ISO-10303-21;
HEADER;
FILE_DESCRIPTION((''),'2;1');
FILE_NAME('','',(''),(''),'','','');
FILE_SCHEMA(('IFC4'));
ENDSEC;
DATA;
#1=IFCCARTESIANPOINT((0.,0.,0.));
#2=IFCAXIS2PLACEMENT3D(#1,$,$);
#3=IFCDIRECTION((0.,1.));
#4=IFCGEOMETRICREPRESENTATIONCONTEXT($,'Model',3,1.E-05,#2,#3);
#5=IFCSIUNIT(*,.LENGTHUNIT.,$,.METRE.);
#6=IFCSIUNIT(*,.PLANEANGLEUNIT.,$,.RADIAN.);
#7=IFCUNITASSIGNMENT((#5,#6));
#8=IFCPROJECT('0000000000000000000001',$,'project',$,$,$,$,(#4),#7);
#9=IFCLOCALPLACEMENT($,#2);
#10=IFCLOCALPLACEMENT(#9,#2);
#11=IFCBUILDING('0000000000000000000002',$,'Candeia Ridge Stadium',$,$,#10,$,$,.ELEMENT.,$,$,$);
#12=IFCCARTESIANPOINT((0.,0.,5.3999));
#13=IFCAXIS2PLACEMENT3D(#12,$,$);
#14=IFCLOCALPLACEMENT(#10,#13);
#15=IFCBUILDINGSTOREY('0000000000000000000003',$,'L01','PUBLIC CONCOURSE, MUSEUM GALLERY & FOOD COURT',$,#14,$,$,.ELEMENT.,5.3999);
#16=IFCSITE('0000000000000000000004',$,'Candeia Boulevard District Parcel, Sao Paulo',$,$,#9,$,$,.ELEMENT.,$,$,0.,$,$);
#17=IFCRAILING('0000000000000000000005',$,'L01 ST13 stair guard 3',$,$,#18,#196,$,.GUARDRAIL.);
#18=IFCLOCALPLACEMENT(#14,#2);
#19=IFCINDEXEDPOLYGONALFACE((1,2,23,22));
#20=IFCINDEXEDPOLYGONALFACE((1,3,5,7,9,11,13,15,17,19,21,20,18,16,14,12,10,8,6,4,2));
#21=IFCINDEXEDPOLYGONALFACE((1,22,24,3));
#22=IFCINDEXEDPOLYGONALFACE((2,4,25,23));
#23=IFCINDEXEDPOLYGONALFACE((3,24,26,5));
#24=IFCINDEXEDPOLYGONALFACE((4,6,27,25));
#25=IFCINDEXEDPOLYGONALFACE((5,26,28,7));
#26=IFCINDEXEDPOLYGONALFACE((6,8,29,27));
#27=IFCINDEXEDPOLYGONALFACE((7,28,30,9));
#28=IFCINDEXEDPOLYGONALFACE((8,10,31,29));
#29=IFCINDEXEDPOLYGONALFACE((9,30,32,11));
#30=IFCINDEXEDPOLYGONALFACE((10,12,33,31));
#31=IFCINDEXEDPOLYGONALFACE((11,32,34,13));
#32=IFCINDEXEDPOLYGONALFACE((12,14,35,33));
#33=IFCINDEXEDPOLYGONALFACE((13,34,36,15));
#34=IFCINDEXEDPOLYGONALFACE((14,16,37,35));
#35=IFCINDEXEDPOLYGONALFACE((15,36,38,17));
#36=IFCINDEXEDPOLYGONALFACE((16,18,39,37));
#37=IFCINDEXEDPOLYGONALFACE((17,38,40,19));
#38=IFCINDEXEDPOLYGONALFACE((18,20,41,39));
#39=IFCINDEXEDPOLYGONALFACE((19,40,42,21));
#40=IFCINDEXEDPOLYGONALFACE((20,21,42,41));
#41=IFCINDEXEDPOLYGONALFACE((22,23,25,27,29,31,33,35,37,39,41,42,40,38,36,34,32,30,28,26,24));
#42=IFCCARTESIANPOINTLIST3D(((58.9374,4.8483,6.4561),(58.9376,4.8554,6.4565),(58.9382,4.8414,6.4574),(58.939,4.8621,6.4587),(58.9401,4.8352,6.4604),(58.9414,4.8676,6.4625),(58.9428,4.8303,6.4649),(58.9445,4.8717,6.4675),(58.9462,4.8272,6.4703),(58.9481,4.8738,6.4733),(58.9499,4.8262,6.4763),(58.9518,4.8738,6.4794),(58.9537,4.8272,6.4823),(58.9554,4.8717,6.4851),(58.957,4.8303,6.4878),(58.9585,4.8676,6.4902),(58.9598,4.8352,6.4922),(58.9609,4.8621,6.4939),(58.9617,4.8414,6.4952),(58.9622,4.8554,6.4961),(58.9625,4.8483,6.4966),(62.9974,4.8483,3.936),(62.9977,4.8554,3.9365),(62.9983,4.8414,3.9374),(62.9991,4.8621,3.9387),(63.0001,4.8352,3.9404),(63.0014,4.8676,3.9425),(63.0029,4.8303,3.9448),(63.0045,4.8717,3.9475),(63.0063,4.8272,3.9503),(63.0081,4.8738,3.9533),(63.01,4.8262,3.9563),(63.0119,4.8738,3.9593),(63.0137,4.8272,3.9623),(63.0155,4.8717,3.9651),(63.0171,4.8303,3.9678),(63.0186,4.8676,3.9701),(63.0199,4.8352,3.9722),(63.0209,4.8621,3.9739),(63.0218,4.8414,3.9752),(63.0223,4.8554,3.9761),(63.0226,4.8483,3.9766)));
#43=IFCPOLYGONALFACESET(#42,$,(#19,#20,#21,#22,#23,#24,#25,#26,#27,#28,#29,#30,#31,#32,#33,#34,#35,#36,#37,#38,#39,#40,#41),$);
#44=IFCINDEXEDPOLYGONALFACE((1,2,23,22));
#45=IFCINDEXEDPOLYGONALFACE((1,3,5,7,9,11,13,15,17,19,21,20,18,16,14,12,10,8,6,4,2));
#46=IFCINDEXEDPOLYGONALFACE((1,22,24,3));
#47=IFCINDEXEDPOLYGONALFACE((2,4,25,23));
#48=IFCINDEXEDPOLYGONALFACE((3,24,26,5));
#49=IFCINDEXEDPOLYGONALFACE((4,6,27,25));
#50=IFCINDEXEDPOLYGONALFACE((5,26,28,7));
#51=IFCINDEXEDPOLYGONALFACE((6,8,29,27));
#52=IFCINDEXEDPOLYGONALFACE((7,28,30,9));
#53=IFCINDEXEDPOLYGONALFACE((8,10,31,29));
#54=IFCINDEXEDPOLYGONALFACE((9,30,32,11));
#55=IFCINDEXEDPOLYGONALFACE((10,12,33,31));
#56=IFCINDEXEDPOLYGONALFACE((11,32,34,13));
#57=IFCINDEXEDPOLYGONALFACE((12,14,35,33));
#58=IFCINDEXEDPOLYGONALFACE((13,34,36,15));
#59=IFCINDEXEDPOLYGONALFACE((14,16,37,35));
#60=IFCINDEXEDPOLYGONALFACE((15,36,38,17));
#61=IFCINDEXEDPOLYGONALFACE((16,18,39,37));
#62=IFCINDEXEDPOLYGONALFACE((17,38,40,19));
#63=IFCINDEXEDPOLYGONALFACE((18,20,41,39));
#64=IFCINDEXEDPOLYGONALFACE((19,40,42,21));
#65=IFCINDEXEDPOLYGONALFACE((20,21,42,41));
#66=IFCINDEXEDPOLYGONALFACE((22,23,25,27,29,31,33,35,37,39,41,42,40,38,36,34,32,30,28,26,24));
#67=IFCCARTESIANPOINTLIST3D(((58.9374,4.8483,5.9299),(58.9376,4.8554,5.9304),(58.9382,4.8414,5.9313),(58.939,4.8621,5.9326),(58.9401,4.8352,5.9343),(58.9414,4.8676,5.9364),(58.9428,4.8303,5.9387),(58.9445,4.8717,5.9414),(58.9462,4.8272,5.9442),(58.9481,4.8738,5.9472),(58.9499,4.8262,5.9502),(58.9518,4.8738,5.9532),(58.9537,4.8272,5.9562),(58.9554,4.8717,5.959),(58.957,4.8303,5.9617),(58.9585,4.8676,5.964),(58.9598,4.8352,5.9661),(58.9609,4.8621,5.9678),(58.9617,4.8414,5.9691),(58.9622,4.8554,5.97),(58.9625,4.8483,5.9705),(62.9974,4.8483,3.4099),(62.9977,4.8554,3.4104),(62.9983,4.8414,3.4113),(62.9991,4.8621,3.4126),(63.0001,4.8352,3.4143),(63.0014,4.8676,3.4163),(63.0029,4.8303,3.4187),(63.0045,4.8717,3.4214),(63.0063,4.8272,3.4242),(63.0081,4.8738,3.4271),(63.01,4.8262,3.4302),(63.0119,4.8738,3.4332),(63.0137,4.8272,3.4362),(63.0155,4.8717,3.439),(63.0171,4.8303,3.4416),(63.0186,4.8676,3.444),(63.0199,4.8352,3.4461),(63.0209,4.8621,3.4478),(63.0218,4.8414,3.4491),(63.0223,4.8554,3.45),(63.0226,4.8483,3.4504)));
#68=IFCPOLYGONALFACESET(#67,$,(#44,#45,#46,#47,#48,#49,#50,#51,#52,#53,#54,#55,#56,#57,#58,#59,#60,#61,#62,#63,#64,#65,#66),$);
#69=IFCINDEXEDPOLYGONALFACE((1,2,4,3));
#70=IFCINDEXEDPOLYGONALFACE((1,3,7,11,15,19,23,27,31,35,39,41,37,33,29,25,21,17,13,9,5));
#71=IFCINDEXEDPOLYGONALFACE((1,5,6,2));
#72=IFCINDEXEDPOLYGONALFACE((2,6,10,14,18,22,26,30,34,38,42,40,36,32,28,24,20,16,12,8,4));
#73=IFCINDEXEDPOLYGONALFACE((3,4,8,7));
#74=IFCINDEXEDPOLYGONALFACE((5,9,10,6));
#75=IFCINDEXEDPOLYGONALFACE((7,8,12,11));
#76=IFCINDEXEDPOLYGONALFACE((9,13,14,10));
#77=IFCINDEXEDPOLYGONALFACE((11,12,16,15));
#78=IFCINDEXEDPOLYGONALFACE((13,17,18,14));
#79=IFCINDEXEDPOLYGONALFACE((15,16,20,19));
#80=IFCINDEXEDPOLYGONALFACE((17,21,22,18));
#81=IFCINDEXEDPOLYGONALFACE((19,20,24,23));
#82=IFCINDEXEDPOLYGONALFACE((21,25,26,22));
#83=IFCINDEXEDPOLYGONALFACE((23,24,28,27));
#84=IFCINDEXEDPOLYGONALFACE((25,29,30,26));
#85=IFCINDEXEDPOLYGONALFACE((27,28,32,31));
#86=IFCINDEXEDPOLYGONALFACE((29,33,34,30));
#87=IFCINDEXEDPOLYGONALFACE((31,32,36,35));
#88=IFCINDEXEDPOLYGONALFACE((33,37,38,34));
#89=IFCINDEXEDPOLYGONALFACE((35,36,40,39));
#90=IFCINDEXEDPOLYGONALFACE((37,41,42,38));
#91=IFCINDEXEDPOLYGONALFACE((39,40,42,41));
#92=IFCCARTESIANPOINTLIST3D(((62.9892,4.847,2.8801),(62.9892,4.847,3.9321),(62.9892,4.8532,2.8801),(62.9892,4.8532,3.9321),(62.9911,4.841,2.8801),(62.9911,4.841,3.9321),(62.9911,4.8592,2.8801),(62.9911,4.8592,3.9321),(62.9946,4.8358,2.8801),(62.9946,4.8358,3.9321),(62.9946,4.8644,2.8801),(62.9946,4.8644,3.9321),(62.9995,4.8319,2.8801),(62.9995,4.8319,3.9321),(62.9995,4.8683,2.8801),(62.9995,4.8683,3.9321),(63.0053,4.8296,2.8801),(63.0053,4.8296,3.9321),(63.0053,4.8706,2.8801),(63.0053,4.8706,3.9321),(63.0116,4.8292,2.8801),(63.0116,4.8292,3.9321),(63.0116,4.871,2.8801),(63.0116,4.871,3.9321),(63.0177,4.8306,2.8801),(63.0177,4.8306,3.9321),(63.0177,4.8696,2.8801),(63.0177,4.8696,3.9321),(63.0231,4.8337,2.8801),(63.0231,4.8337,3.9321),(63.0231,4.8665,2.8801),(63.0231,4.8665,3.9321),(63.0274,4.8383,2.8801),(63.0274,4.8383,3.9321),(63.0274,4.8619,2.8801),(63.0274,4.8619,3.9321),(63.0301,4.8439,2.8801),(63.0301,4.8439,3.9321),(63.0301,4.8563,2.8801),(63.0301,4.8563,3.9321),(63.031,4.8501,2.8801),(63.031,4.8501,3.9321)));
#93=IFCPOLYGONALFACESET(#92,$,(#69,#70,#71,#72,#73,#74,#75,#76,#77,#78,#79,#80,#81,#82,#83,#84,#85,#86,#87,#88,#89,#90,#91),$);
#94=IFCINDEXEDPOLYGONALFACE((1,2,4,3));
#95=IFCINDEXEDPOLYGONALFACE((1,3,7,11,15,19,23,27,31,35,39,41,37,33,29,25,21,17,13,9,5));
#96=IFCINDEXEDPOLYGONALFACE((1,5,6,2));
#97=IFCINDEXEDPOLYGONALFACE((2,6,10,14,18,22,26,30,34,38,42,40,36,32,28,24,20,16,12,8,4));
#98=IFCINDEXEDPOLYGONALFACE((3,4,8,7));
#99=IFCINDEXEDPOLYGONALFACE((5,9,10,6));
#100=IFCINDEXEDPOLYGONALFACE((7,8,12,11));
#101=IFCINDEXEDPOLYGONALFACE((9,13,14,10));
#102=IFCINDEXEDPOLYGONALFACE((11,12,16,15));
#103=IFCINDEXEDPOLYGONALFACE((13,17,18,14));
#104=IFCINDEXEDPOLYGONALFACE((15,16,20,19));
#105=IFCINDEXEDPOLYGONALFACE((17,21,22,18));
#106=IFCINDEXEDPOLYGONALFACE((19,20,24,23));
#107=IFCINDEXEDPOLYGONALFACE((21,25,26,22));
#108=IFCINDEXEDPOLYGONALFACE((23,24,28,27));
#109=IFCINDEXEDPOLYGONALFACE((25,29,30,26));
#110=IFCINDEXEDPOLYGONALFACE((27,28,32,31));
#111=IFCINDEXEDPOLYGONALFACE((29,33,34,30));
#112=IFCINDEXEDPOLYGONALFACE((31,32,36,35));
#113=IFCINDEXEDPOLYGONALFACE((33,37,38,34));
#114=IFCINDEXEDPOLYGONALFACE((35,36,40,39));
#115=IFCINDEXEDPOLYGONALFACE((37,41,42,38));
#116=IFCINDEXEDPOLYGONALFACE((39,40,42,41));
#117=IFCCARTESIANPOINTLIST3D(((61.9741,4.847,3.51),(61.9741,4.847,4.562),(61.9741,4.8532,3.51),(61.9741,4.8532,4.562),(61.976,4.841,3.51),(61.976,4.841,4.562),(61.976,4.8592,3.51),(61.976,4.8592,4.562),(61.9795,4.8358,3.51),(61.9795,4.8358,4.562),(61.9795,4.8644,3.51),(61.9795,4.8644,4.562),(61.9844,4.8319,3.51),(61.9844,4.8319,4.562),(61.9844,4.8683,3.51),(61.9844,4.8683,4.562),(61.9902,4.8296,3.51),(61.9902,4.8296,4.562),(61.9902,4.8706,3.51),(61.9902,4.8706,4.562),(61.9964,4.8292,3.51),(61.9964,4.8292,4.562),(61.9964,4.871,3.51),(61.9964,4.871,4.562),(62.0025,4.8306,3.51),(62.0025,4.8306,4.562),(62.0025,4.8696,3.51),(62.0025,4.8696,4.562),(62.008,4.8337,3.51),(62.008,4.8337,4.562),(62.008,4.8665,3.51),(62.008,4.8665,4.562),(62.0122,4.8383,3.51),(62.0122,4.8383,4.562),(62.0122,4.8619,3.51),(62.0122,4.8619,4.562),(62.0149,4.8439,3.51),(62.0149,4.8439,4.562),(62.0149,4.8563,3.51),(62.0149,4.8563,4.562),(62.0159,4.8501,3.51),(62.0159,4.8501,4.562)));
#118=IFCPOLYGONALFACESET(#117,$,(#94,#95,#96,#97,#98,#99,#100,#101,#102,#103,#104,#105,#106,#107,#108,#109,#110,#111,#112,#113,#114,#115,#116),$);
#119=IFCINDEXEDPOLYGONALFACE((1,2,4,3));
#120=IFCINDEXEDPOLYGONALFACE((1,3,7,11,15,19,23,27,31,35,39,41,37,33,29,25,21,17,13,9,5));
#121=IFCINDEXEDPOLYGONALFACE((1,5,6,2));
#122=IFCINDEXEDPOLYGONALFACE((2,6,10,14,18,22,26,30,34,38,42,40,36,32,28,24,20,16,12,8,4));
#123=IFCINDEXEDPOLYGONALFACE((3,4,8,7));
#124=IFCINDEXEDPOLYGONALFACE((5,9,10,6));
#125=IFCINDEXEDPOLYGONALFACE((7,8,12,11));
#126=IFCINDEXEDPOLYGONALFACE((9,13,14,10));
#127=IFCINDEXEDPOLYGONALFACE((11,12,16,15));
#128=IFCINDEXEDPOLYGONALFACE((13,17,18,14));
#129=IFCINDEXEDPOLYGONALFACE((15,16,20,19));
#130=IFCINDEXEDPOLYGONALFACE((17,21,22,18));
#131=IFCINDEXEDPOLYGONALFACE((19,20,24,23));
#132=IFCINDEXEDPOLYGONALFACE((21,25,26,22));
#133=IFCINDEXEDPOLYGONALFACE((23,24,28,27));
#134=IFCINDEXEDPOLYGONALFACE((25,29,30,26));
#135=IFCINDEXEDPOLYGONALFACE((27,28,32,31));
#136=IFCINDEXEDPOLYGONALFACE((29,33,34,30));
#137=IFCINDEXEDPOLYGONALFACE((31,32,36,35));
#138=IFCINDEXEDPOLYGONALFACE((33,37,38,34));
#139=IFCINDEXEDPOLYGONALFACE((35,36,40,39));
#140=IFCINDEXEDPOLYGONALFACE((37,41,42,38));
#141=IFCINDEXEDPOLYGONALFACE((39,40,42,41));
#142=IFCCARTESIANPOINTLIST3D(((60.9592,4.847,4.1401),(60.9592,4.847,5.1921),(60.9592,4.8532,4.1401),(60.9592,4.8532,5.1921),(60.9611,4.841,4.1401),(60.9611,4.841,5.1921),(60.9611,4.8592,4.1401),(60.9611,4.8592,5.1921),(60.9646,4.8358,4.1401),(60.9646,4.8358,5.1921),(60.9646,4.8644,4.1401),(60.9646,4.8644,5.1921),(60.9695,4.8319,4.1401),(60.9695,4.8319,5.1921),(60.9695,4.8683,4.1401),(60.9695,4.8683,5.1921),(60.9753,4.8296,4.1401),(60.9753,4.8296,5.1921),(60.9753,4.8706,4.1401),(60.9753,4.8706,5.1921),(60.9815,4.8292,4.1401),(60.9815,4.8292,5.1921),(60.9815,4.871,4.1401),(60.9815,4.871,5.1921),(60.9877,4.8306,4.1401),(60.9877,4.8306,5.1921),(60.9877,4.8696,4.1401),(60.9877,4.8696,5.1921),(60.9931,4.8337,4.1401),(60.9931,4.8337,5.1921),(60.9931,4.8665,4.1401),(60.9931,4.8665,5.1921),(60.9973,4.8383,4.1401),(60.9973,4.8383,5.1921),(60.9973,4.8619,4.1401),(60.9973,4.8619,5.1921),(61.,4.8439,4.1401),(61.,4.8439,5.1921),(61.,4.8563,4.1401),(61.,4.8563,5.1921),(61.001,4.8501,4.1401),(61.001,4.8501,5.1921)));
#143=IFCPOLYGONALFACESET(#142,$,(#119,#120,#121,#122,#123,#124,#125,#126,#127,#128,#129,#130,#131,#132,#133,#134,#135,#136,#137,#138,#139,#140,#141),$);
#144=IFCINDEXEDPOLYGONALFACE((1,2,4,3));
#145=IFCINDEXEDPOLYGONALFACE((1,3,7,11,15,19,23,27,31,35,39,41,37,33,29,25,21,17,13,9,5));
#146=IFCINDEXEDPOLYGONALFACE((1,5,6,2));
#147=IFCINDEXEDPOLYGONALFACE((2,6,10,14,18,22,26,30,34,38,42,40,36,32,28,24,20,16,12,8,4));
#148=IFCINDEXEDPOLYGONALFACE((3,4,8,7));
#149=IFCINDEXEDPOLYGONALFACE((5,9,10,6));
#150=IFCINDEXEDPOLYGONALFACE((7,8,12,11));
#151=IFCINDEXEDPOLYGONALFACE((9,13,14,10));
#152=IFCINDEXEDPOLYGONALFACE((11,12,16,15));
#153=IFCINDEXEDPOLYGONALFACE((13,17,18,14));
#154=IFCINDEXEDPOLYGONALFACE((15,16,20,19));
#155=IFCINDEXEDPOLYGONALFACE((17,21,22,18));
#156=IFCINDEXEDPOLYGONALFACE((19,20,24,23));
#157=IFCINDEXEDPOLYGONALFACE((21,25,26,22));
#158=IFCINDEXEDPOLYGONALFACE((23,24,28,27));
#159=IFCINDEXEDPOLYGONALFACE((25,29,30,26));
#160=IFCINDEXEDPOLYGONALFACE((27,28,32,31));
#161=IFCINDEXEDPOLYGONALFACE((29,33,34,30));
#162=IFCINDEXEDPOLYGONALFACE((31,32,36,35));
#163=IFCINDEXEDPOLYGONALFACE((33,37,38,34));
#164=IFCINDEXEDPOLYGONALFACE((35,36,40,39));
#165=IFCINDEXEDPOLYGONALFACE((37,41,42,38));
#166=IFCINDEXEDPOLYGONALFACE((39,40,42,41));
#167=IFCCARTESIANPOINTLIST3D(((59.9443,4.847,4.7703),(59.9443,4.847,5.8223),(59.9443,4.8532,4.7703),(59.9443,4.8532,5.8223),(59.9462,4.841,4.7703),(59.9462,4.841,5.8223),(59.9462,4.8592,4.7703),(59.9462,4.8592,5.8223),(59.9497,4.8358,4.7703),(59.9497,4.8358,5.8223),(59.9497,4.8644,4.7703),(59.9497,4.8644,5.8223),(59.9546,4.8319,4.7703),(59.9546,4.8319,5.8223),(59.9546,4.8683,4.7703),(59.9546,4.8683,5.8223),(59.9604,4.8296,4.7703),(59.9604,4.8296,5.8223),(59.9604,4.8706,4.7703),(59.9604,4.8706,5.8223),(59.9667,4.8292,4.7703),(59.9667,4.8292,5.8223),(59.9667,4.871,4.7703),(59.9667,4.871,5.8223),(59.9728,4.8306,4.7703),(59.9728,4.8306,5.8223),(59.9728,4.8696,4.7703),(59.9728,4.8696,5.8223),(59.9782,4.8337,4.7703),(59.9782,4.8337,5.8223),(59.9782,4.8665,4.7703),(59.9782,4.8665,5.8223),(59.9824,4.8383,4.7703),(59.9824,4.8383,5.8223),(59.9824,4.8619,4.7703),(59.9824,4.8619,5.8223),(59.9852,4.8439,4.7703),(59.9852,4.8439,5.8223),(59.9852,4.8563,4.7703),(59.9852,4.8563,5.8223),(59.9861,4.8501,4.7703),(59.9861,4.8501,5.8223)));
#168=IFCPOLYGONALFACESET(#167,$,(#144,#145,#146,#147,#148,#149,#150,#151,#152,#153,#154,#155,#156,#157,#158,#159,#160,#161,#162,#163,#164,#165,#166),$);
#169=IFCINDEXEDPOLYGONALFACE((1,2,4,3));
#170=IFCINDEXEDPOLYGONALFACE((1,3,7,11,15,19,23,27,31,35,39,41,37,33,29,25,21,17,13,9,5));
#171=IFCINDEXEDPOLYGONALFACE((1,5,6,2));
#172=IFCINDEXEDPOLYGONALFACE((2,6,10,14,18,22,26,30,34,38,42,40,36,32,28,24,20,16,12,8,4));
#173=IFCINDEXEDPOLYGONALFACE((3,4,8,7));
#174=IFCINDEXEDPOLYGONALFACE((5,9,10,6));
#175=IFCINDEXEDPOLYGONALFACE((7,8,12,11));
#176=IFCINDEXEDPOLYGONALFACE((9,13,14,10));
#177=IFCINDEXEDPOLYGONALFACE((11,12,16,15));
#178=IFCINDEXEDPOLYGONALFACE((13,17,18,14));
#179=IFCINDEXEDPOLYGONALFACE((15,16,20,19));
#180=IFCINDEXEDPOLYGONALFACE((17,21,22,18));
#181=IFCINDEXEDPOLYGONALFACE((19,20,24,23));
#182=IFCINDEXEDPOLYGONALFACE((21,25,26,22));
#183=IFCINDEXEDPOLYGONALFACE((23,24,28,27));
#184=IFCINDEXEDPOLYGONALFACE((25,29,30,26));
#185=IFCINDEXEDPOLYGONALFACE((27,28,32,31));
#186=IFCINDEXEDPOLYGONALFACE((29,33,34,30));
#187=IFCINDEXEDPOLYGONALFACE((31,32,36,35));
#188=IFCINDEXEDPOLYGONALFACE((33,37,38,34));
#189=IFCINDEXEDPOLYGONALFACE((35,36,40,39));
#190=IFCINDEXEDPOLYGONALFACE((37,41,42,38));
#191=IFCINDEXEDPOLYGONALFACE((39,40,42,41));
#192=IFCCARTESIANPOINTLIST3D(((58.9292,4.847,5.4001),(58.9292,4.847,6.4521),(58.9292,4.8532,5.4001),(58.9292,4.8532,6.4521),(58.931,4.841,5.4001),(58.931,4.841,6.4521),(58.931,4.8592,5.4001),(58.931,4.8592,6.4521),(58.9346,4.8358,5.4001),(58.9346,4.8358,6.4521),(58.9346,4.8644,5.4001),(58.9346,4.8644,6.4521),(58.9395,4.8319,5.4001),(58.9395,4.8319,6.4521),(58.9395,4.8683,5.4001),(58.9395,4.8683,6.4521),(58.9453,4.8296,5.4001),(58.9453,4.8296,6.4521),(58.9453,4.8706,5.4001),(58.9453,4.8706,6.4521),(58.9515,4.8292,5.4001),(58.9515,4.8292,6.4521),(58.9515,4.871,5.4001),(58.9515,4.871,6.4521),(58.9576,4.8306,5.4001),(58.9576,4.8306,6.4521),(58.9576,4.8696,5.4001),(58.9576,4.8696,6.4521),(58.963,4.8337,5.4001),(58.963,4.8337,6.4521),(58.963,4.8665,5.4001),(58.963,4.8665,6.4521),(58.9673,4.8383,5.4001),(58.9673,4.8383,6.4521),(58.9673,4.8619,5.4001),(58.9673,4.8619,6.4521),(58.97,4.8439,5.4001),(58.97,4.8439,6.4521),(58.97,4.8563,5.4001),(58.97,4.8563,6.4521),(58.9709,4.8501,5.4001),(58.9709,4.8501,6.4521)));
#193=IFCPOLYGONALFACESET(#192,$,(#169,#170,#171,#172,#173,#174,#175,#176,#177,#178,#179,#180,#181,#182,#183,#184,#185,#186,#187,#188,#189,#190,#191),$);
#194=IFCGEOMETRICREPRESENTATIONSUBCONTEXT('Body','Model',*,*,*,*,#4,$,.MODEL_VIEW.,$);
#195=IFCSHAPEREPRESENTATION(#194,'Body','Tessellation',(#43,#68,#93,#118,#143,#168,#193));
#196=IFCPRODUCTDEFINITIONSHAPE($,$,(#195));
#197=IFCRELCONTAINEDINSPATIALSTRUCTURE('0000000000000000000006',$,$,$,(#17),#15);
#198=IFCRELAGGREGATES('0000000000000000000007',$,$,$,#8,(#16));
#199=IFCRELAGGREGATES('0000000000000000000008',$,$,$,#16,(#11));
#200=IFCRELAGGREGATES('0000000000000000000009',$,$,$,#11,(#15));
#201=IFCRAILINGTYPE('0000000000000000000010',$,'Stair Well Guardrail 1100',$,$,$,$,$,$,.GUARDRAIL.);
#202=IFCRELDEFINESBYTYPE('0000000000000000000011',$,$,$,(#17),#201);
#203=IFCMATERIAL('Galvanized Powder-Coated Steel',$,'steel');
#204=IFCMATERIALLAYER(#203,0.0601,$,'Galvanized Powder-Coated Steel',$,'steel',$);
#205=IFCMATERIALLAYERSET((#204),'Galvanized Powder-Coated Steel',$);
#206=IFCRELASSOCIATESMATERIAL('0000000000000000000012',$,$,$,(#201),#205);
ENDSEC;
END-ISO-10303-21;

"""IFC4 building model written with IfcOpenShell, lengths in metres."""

from ifc_helpers import new_model, si_unit, direction, frame, origin, origin_2d, place, context, subcontext, project, spatial, circle, extrude, material, layer, layer_set, type_object, element, save


model = new_model("IFC4")

# Units and contexts
model_context = context("Model", 3, precision=1e-05, world=origin(), true_north=direction((0.0, 1.0)))
body_context = subcontext(model_context, "Body", "Model", "MODEL_VIEW")
ifc_project = project(units=[si_unit("LENGTHUNIT", "METRE"), si_unit("PLANEANGLEUNIT", "RADIAN")], contexts=[model_context])

# Site, building, storey
site_placement = place(None, origin())
site = spatial("IfcSite", under=ifc_project, at=site_placement, Name="Candeia Boulevard District Parcel, Sao Paulo", CompositionType="ELEMENT", RefElevation=0.0)
building_placement = place(site_placement, origin())
building = spatial("IfcBuilding", under=site, at=building_placement, Name="Candeia Ridge Stadium", CompositionType="ELEMENT")
storey_placement = place(building_placement, frame((0.0, 0.0, 5.3999)))
storey = spatial("IfcBuildingStorey", under=building, at=storey_placement, Name="L01", Description="PUBLIC CONCOURSE, MUSEUM GALLERY & FOOD COURT", CompositionType="ELEMENT", Elevation=5.3999)

# Railing
ifc_material_1 = material(Name="Galvanized Powder-Coated Steel", Category="steel")
ifc_layer_1 = layer(ifc_material_1, 0.0601, Name="Galvanized Powder-Coated Steel", Category="steel")
ifc_layer_set_1 = layer_set([ifc_layer_1], Name="Galvanized Powder-Coated Steel")
railing_type_1 = type_object("IfcRailingType", Name="Stair Well Guardrail 1100", PredefinedType="GUARDRAIL", material=ifc_layer_set_1)
railing_1_placement = place(storey_placement, frame((63.01, 4.8501, 2.8801)))
element("IfcRailing", 1, at=railing_1_placement, inside=storey, type_object=railing_type_1, Name="L01 ST13 stair guard 3", PredefinedType="GUARDRAIL", context=body_context, shape_type="SweptSolid", body=[
    extrude(circle(Radius=0.0239, at=origin_2d()), frame((0.0, 0.0, 1.0762), z_axis=(-0.849642, 0.0, 0.52736), x_axis=(0.0, -1.0, 0.0)), (0.0, 0.0, 1.0), 4.7786),
    extrude(circle(Radius=0.0239, at=origin_2d()), frame((0.0, 0.0, 0.55), z_axis=(-0.849642, 0.0, 0.52736), x_axis=(0.0, -1.0, 0.0)), (0.0, 0.0, 1.0), 4.7786),
    extrude(circle(Radius=0.021, at=origin_2d()), origin(), (0.0, 0.0, 1.0), 1.052),
    extrude(circle(Radius=0.021, at=origin_2d()), frame((-1.0151, 0.0, 0.6299)), (0.0, 0.0, 1.0), 1.052),
    extrude(circle(Radius=0.021, at=origin_2d()), frame((-2.03, 0.0, 1.26)), (0.0, 0.0, 1.0), 1.052),
    extrude(circle(Radius=0.021, at=origin_2d()), frame((-3.0449, 0.0, 1.8901)), (0.0, 0.0, 1.0), 1.052),
    extrude(circle(Radius=0.021, at=origin_2d()), frame((-4.0601, 0.0, 2.52)), (0.0, 0.0, 1.0), 1.052),
])

save(model, "model.ifc")
